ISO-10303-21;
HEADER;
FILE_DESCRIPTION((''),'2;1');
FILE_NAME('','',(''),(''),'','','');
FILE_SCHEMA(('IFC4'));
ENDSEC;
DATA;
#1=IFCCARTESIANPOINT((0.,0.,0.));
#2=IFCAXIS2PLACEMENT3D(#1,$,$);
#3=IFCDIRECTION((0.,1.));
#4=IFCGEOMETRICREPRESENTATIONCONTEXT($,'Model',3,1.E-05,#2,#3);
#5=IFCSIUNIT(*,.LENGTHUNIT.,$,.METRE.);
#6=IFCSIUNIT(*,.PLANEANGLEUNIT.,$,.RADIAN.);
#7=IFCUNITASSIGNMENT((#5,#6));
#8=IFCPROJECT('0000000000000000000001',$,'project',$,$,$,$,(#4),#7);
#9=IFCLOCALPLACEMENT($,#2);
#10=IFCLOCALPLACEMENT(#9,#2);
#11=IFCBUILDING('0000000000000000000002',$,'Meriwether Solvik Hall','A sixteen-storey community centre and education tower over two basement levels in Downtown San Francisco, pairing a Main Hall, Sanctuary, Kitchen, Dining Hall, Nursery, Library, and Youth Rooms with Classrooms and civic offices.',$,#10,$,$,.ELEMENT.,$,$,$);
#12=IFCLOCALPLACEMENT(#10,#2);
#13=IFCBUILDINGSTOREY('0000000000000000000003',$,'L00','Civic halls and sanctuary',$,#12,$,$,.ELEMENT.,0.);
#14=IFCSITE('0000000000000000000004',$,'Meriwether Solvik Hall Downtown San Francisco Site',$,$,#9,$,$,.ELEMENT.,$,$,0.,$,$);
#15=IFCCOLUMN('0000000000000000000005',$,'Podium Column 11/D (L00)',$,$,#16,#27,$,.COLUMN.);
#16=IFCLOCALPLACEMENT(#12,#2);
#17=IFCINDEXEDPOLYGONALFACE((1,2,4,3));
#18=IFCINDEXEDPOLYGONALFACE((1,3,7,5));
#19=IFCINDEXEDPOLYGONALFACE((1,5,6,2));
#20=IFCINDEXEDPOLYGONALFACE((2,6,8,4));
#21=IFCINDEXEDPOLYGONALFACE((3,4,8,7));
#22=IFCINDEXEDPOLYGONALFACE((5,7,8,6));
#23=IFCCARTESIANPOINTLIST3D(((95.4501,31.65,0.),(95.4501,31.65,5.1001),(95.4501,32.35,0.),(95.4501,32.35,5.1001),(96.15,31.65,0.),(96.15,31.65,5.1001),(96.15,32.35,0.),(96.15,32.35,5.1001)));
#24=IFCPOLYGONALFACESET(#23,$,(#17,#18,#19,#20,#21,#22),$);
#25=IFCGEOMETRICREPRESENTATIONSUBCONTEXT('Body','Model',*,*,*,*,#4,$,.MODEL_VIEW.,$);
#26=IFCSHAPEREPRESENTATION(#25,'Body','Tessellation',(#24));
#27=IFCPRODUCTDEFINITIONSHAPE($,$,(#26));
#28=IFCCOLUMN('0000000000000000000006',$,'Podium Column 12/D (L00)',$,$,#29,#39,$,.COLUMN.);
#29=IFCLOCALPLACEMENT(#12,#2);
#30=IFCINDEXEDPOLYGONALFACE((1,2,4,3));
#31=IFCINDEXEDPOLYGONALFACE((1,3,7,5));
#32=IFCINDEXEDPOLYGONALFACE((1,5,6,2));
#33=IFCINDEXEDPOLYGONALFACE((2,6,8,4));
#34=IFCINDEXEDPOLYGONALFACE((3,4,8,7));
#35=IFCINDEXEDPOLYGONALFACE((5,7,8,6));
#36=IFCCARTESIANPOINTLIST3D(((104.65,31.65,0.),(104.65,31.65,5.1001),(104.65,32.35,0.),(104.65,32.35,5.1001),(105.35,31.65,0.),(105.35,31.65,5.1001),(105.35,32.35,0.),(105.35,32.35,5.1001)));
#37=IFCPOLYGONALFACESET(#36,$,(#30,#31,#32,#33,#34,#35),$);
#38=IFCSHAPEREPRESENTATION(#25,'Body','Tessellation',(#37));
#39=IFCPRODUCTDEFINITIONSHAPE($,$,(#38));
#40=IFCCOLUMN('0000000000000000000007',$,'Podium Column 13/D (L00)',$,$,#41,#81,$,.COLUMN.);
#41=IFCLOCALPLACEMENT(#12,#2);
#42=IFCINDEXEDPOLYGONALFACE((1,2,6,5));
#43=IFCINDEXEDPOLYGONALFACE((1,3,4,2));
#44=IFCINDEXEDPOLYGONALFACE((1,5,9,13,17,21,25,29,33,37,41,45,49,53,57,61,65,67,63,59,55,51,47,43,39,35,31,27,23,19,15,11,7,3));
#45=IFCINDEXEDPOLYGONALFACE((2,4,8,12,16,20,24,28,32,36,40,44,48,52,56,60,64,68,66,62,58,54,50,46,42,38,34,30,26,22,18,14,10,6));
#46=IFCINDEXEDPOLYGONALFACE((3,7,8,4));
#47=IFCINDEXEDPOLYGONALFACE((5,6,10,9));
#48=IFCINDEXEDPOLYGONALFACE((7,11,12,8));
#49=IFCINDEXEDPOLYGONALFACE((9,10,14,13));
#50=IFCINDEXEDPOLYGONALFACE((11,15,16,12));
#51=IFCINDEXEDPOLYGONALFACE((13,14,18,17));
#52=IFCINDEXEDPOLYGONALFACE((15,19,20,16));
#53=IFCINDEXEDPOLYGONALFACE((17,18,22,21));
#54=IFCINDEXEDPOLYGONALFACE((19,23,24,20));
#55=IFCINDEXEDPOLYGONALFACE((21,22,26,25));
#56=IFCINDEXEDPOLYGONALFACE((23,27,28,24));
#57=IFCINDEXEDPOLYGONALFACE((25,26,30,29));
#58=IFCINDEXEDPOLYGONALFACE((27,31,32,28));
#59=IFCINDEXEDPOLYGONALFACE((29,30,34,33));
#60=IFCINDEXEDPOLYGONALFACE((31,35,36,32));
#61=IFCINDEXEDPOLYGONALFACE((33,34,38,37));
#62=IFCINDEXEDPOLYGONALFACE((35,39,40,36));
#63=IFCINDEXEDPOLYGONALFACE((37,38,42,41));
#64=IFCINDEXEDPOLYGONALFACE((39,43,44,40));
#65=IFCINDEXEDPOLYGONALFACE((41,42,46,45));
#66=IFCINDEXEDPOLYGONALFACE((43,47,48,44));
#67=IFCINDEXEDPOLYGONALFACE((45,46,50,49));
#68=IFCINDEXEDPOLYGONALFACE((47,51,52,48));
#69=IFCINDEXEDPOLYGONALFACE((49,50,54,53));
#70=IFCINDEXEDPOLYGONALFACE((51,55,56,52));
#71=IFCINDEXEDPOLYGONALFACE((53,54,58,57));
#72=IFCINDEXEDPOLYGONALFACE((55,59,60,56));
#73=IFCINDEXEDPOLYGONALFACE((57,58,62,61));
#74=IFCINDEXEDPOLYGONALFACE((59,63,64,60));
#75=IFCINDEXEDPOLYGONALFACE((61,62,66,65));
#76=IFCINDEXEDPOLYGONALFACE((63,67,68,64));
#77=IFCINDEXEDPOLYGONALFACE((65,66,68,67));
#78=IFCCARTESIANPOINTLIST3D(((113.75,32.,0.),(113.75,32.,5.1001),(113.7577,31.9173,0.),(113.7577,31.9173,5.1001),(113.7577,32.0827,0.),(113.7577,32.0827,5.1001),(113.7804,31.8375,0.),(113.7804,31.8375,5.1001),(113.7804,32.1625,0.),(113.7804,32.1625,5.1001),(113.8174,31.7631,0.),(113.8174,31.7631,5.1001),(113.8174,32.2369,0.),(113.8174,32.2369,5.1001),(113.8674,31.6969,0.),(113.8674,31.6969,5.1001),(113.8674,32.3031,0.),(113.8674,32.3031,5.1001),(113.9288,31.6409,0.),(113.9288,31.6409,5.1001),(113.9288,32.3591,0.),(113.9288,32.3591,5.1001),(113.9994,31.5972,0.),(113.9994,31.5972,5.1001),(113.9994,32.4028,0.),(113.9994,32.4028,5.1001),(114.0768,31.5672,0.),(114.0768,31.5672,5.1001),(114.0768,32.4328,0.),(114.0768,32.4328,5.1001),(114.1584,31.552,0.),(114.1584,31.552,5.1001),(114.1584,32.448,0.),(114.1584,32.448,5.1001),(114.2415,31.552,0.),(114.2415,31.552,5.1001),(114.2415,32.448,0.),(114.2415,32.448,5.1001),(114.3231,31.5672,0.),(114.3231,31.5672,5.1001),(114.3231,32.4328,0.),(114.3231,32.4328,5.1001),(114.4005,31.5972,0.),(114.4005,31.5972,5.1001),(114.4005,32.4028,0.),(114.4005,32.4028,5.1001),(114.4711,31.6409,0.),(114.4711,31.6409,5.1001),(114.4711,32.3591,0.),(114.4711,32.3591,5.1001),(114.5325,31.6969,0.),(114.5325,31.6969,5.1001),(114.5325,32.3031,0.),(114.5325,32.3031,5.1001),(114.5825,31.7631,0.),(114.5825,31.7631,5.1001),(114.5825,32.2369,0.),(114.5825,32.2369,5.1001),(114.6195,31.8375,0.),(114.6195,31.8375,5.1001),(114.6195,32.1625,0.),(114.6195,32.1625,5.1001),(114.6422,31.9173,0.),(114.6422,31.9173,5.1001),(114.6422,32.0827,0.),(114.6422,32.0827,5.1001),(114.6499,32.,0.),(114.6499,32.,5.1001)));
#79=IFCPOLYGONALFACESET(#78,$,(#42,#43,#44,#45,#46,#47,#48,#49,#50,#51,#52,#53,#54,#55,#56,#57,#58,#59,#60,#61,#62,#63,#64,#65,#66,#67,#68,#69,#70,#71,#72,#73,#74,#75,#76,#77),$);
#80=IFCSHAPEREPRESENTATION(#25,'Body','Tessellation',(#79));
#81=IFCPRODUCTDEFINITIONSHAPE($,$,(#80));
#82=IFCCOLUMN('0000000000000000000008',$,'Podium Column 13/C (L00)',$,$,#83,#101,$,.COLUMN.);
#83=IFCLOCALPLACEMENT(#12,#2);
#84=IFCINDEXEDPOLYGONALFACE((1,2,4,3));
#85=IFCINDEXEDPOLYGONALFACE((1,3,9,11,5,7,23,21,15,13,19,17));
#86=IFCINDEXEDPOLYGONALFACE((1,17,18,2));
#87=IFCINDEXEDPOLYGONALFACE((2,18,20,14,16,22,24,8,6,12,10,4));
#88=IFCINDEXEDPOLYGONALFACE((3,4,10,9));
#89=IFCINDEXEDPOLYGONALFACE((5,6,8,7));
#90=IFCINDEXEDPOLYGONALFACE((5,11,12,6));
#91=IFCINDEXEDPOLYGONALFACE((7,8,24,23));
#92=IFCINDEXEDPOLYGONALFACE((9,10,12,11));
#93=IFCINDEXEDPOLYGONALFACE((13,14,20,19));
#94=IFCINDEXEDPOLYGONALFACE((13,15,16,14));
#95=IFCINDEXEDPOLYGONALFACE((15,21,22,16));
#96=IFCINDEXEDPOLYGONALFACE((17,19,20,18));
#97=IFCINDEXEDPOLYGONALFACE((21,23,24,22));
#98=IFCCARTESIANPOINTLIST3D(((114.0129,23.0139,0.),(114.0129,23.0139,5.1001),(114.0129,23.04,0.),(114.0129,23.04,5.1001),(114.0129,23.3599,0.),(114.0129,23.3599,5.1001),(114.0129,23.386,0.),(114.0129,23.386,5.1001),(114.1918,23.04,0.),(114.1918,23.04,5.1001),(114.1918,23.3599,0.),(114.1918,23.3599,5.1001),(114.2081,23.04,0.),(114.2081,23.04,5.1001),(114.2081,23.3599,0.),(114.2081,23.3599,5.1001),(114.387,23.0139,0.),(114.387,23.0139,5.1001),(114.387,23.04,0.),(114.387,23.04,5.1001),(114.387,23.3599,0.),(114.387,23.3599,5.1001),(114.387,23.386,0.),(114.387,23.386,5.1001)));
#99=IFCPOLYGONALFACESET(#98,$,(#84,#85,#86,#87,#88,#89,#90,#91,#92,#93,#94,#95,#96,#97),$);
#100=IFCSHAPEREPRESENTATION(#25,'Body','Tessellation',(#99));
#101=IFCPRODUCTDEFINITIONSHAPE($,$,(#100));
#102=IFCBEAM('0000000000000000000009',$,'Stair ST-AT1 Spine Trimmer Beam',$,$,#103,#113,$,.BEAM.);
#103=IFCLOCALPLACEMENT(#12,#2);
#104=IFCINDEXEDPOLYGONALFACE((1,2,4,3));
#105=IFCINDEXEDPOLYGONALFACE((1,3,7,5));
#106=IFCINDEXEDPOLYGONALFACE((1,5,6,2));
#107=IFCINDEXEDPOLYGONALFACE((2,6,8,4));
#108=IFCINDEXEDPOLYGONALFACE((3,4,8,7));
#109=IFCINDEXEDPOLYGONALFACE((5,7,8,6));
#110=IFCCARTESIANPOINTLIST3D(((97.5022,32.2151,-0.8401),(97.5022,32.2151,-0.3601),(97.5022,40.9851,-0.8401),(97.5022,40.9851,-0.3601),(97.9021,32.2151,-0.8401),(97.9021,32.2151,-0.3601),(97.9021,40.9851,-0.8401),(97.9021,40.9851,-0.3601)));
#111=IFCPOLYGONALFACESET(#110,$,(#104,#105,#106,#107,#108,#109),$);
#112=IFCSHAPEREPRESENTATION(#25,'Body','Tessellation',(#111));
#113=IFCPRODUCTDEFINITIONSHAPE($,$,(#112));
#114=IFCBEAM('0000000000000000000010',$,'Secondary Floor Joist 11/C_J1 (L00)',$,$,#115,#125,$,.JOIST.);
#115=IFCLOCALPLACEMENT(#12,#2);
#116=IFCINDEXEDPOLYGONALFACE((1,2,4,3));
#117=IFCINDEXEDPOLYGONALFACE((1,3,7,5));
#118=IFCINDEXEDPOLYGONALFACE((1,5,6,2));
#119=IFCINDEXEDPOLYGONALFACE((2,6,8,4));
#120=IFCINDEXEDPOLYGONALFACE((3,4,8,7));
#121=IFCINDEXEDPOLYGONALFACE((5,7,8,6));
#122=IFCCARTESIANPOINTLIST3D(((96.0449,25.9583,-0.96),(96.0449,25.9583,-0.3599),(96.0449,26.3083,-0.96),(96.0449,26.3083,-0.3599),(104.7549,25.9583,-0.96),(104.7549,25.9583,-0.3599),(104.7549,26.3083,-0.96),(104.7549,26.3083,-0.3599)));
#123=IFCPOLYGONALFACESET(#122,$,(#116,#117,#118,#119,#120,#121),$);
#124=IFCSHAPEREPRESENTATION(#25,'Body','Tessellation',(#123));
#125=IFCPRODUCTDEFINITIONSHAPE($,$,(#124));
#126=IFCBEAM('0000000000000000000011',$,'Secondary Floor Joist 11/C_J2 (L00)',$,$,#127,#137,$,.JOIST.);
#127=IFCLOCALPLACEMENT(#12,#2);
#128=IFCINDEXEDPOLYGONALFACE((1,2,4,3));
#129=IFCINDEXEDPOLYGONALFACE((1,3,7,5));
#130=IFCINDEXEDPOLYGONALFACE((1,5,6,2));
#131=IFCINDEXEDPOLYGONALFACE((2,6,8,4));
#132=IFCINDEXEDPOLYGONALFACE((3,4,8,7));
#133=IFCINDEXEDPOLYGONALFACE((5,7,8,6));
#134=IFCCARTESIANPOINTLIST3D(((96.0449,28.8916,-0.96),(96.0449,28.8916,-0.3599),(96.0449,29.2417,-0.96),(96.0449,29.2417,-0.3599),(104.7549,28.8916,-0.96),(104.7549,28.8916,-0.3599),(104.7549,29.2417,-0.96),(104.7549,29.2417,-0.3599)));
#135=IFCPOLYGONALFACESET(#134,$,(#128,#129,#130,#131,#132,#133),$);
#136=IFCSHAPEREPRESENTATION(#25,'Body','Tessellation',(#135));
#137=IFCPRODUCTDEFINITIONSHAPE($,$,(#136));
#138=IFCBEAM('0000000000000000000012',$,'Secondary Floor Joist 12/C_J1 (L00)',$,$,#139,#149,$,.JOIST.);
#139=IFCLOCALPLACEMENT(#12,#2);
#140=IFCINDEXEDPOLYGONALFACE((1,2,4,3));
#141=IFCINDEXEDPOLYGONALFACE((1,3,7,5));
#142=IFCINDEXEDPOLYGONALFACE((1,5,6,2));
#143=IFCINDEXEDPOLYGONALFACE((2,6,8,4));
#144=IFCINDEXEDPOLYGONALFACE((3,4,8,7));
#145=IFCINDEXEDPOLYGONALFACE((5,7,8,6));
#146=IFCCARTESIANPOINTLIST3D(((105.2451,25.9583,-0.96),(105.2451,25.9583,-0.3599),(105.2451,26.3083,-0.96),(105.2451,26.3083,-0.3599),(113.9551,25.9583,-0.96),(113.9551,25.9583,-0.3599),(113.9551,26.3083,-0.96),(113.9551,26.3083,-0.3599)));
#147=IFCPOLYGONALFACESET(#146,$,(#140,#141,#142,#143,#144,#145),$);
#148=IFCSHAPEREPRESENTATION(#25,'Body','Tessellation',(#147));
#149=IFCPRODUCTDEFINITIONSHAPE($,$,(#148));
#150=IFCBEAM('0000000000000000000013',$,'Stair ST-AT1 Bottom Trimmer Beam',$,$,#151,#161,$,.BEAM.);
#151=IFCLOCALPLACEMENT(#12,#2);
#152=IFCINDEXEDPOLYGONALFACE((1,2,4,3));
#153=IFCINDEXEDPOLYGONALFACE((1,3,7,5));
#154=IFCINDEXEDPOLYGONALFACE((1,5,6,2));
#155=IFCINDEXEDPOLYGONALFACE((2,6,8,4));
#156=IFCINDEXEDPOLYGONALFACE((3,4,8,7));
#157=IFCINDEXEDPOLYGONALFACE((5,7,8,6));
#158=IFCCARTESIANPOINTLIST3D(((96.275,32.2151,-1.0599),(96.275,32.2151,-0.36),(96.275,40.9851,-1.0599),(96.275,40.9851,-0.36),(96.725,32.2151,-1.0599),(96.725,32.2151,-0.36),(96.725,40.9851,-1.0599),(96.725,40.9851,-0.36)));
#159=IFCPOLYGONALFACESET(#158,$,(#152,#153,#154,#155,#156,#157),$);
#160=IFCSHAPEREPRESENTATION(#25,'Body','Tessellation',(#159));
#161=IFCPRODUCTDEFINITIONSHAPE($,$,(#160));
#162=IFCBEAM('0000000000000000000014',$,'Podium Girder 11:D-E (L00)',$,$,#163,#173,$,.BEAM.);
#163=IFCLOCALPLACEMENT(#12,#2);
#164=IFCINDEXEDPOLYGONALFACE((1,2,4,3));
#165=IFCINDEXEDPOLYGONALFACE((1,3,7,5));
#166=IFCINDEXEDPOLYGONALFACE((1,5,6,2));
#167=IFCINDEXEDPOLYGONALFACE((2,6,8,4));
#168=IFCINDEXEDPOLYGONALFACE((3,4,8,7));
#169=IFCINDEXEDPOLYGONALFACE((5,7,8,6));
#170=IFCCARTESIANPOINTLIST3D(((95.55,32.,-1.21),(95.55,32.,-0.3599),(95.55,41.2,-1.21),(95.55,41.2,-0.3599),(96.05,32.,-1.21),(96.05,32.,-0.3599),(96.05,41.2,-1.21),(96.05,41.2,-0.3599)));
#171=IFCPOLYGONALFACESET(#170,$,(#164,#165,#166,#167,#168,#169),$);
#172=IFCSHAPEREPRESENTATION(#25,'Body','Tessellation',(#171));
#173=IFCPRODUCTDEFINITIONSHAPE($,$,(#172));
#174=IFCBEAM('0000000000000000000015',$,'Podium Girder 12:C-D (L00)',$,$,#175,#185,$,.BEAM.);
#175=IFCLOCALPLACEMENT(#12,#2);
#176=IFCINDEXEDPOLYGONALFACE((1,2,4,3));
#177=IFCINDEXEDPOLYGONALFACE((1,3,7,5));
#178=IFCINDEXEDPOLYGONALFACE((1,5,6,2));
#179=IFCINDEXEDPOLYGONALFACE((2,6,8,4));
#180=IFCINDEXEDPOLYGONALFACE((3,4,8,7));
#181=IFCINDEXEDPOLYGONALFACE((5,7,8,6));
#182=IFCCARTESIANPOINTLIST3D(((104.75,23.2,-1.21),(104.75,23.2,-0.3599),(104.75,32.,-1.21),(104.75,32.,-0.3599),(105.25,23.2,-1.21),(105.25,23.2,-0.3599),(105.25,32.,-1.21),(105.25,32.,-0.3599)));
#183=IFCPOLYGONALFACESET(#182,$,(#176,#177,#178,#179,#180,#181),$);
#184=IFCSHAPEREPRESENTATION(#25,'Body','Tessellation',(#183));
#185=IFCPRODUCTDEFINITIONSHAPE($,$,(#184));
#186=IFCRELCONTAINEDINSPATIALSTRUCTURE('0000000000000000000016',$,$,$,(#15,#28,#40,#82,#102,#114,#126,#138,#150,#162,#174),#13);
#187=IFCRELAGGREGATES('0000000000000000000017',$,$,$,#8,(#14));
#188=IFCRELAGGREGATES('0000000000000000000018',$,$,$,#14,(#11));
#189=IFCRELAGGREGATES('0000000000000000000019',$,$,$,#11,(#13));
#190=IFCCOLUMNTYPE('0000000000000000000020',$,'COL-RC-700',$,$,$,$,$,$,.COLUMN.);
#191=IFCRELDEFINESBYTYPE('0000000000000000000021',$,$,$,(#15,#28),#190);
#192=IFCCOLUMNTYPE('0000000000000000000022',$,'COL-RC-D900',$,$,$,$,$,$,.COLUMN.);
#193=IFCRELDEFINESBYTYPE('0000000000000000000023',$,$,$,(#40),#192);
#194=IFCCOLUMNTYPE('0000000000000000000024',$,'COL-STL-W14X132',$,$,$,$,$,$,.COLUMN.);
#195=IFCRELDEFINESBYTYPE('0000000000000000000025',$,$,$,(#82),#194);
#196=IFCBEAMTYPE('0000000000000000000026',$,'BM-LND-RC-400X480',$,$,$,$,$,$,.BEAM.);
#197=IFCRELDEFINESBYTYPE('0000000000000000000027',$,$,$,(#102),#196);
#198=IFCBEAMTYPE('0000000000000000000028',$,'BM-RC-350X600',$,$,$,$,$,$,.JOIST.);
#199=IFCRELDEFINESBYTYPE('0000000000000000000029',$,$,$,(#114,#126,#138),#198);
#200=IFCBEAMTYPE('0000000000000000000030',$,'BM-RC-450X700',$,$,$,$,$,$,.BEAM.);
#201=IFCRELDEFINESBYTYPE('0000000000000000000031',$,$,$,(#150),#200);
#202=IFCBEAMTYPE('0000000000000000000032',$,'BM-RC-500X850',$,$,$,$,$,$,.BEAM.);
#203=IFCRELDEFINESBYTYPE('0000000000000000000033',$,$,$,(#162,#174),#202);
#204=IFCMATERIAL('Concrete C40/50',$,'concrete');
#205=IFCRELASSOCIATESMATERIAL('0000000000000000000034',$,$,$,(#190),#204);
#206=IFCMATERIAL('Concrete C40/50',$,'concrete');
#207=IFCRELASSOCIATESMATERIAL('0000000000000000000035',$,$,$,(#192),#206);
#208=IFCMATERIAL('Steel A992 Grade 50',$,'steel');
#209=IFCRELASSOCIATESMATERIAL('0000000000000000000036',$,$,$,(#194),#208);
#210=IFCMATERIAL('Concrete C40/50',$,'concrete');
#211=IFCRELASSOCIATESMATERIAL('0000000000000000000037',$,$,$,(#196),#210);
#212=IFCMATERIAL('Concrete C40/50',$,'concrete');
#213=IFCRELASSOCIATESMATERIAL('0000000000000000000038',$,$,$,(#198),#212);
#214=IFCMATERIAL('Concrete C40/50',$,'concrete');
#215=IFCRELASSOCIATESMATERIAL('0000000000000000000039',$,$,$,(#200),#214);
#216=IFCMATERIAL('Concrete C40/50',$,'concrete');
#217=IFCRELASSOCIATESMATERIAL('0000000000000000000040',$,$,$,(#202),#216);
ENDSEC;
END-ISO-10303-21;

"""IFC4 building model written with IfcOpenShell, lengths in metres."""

from ifc_helpers import new_model, si_unit, direction, frame, origin, origin_2d, place, context, subcontext, project, spatial, rectangle, circle, i_section, extrude, material, material_profile, profile_set, type_object, element, save


model = new_model("IFC4")

# Units and contexts
model_context = context("Model", 3, precision=1e-05, world=origin(), true_north=direction((0.0, 1.0)))
body_context = subcontext(model_context, "Body", "Model", "MODEL_VIEW")
ifc_project = project(units=[si_unit("LENGTHUNIT", "METRE"), si_unit("PLANEANGLEUNIT", "RADIAN")], contexts=[model_context])

# Site, building, storey
site_placement = place(None, origin())
site = spatial("IfcSite", under=ifc_project, at=site_placement, Name="Meriwether Solvik Hall Downtown San Francisco Site", CompositionType="ELEMENT", RefElevation=0.0)
building_placement = place(site_placement, origin())
building = spatial("IfcBuilding", under=site, at=building_placement, Name="Meriwether Solvik Hall", Description="A sixteen-storey community centre and education tower over two basement levels in Downtown San Francisco, pairing a Main Hall, Sanctuary, Kitchen, Dining Hall, Nursery, Library, and Youth Rooms with Classrooms and civic offices.", CompositionType="ELEMENT")
storey_placement = place(building_placement, origin())
storey = spatial("IfcBuildingStorey", under=building, at=storey_placement, Name="L00", Description="Civic halls and sanctuary", CompositionType="ELEMENT", Elevation=0.0)

# Columns
ifc_material_1 = material(Name="Concrete C40/50", Category="concrete")
ifc_material_profile_1 = material_profile(ifc_material_1, rectangle(XDim=0.7, YDim=0.7, at=origin_2d()), Name="RCC-700X700")
ifc_profile_set_1 = profile_set([ifc_material_profile_1], Name="Concrete C40/50")
column_type_1 = type_object("IfcColumnType", Name="COL-RC-700", PredefinedType="COLUMN", material=ifc_profile_set_1)
for number, where, z_axis, x_axis, name in (
    (1, (95.8, 32.0, 0.0), (0.0, 0.0, 1.0), (1.0, 0.0, 0.0), "Podium Column 11/D (L00)"),
    (2, (105.0, 32.0, 0.0), (0.0, 0.0, 1.0), (1.0, 0.0, 0.0), "Podium Column 12/D (L00)"),
):
    element("IfcColumn", number, at=place(storey_placement, frame(where, z_axis=z_axis, x_axis=x_axis)), inside=storey, type_object=column_type_1, Name=name, PredefinedType="COLUMN", context=body_context, shape_type="SweptSolid", body=[
        extrude(rectangle(XDim=0.7, YDim=0.7, at=origin_2d()), origin(), (0.0, 0.0, 1.0), 5.1001),
    ])
ifc_material_2 = material(Name="Concrete C40/50", Category="concrete")
ifc_material_profile_2 = material_profile(ifc_material_2, circle(Radius=0.45, at=origin_2d()), Name="RCC-D900")
ifc_profile_set_2 = profile_set([ifc_material_profile_2], Name="Concrete C40/50")
column_type_2 = type_object("IfcColumnType", Name="COL-RC-D900", PredefinedType="COLUMN", material=ifc_profile_set_2)
column_1_placement = place(storey_placement, frame((114.2, 32.0, 0.0), z_axis=(0.0, 0.0, 1.0), x_axis=(1.0, 0.0, 0.0)))
element("IfcColumn", 3, at=column_1_placement, inside=storey, type_object=column_type_2, Name="Podium Column 13/D (L00)", PredefinedType="COLUMN", context=body_context, shape_type="SweptSolid", body=[
    extrude(circle(Radius=0.45, at=origin_2d()), origin(), (0.0, 0.0, 1.0), 5.1001),
])
ifc_material_3 = material(Name="Steel A992 Grade 50", Category="steel")
ifc_material_profile_3 = material_profile(ifc_material_3, i_section(OverallWidth=0.374, OverallDepth=0.3721, WebThickness=0.0164, FlangeThickness=0.0261, at=origin_2d()), Name="W14X132")
ifc_profile_set_3 = profile_set([ifc_material_profile_3], Name="Steel A992 Grade 50")
column_type_3 = type_object("IfcColumnType", Name="COL-STL-W14X132", PredefinedType="COLUMN", material=ifc_profile_set_3)
column_2_placement = place(storey_placement, frame((114.2, 23.2, 0.0), z_axis=(0.0, 0.0, 1.0), x_axis=(1.0, 0.0, 0.0)))
element("IfcColumn", 4, at=column_2_placement, inside=storey, type_object=column_type_3, Name="Podium Column 13/C (L00)", PredefinedType="COLUMN", context=body_context, shape_type="SweptSolid", body=[
    extrude(i_section(OverallWidth=0.374, OverallDepth=0.3721, WebThickness=0.0164, FlangeThickness=0.0261, at=origin_2d()), origin(), (0.0, 0.0, 1.0), 5.1001),
])

# Beams
ifc_material_4 = material(Name="Concrete C40/50", Category="concrete")
ifc_material_profile_4 = material_profile(ifc_material_4, rectangle(XDim=0.3999, YDim=0.48, at=origin_2d()), Name="RCB-400X480")
ifc_profile_set_4 = profile_set([ifc_material_profile_4], Name="Concrete C40/50")
beam_type_1 = type_object("IfcBeamType", Name="BM-LND-RC-400X480", PredefinedType="BEAM", material=ifc_profile_set_4)
beam_1_placement = place(storey_placement, frame((97.7021, 32.2151, -0.6001), z_axis=(0.0, 1.0, 0.0), x_axis=(-1.0, 0.0, 0.0)))
element("IfcBeam", 5, at=beam_1_placement, inside=storey, type_object=beam_type_1, Name="Stair ST-AT1 Spine Trimmer Beam", PredefinedType="BEAM", context=body_context, shape_type="SweptSolid", body=[
    extrude(rectangle(XDim=0.3999, YDim=0.48, at=origin_2d()), origin(), (0.0, 0.0, 1.0), 8.77),
])
ifc_material_5 = material(Name="Concrete C40/50", Category="concrete")
ifc_material_profile_5 = material_profile(ifc_material_5, rectangle(XDim=0.3501, YDim=0.6001, at=origin_2d()), Name="RCB-350X600")
ifc_profile_set_5 = profile_set([ifc_material_profile_5], Name="Concrete C40/50")
beam_type_2 = type_object("IfcBeamType", Name="BM-RC-350X600", PredefinedType="JOIST", material=ifc_profile_set_5)
for number, where, z_axis, x_axis, name in (
    (6, (96.0449, 26.1333, -0.6599), (1.0, 0.0, 0.0), (0.0, 1.0, 0.0), "Secondary Floor Joist 11/C_J1 (L00)"),
    (7, (96.0449, 29.0667, -0.6599), (1.0, 0.0, 0.0), (0.0, 1.0, 0.0), "Secondary Floor Joist 11/C_J2 (L00)"),
    (8, (105.2451, 26.1333, -0.6599), (1.0, 0.0, 0.0), (0.0, 1.0, 0.0), "Secondary Floor Joist 12/C_J1 (L00)"),
):
    element("IfcBeam", number, at=place(storey_placement, frame(where, z_axis=z_axis, x_axis=x_axis)), inside=storey, type_object=beam_type_2, Name=name, PredefinedType="JOIST", context=body_context, shape_type="SweptSolid", body=[
        extrude(rectangle(XDim=0.3501, YDim=0.6001, at=origin_2d()), origin(), (0.0, 0.0, 1.0), 8.71),
    ])
ifc_material_6 = material(Name="Concrete C40/50", Category="concrete")
ifc_material_profile_6 = material_profile(ifc_material_6, rectangle(XDim=0.45, YDim=0.7, at=origin_2d()), Name="RCB-450X700")
ifc_profile_set_6 = profile_set([ifc_material_profile_6], Name="Concrete C40/50")
beam_type_3 = type_object("IfcBeamType", Name="BM-RC-450X700", PredefinedType="BEAM", material=ifc_profile_set_6)
beam_2_placement = place(storey_placement, frame((96.5, 32.2151, -0.71), z_axis=(0.0, 1.0, 0.0), x_axis=(-1.0, 0.0, 0.0)))
element("IfcBeam", 9, at=beam_2_placement, inside=storey, type_object=beam_type_3, Name="Stair ST-AT1 Bottom Trimmer Beam", PredefinedType="BEAM", context=body_context, shape_type="SweptSolid", body=[
    extrude(rectangle(XDim=0.45, YDim=0.7, at=origin_2d()), origin(), (0.0, 0.0, 1.0), 8.77),
])
ifc_material_7 = material(Name="Concrete C40/50", Category="concrete")
ifc_material_profile_7 = material_profile(ifc_material_7, rectangle(XDim=0.5, YDim=0.8501, at=origin_2d()), Name="RCB-500X850")
ifc_profile_set_7 = profile_set([ifc_material_profile_7], Name="Concrete C40/50")
beam_type_4 = type_object("IfcBeamType", Name="BM-RC-500X850", PredefinedType="BEAM", material=ifc_profile_set_7)
beam_3_placement = place(storey_placement, frame((95.8, 32.0, -0.7849), z_axis=(0.0, 1.0, 0.0), x_axis=(-1.0, 0.0, 0.0)))
element("IfcBeam", 10, at=beam_3_placement, inside=storey, type_object=beam_type_4, Name="Podium Girder 11:D-E (L00)", PredefinedType="BEAM", context=body_context, shape_type="SweptSolid", body=[
    extrude(rectangle(XDim=0.5, YDim=0.8501, at=origin_2d()), origin(), (0.0, 0.0, 1.0), 9.2),
])
beam_4_placement = place(storey_placement, frame((105.0, 23.2, -0.7849), z_axis=(0.0, 1.0, 0.0), x_axis=(-1.0, 0.0, 0.0)))
element("IfcBeam", 11, at=beam_4_placement, inside=storey, type_object=beam_type_4, Name="Podium Girder 12:C-D (L00)", PredefinedType="BEAM", context=body_context, shape_type="SweptSolid", body=[
    extrude(rectangle(XDim=0.5, YDim=0.8501, at=origin_2d()), origin(), (0.0, 0.0, 1.0), 8.8),
])

save(model, "model.ifc")
